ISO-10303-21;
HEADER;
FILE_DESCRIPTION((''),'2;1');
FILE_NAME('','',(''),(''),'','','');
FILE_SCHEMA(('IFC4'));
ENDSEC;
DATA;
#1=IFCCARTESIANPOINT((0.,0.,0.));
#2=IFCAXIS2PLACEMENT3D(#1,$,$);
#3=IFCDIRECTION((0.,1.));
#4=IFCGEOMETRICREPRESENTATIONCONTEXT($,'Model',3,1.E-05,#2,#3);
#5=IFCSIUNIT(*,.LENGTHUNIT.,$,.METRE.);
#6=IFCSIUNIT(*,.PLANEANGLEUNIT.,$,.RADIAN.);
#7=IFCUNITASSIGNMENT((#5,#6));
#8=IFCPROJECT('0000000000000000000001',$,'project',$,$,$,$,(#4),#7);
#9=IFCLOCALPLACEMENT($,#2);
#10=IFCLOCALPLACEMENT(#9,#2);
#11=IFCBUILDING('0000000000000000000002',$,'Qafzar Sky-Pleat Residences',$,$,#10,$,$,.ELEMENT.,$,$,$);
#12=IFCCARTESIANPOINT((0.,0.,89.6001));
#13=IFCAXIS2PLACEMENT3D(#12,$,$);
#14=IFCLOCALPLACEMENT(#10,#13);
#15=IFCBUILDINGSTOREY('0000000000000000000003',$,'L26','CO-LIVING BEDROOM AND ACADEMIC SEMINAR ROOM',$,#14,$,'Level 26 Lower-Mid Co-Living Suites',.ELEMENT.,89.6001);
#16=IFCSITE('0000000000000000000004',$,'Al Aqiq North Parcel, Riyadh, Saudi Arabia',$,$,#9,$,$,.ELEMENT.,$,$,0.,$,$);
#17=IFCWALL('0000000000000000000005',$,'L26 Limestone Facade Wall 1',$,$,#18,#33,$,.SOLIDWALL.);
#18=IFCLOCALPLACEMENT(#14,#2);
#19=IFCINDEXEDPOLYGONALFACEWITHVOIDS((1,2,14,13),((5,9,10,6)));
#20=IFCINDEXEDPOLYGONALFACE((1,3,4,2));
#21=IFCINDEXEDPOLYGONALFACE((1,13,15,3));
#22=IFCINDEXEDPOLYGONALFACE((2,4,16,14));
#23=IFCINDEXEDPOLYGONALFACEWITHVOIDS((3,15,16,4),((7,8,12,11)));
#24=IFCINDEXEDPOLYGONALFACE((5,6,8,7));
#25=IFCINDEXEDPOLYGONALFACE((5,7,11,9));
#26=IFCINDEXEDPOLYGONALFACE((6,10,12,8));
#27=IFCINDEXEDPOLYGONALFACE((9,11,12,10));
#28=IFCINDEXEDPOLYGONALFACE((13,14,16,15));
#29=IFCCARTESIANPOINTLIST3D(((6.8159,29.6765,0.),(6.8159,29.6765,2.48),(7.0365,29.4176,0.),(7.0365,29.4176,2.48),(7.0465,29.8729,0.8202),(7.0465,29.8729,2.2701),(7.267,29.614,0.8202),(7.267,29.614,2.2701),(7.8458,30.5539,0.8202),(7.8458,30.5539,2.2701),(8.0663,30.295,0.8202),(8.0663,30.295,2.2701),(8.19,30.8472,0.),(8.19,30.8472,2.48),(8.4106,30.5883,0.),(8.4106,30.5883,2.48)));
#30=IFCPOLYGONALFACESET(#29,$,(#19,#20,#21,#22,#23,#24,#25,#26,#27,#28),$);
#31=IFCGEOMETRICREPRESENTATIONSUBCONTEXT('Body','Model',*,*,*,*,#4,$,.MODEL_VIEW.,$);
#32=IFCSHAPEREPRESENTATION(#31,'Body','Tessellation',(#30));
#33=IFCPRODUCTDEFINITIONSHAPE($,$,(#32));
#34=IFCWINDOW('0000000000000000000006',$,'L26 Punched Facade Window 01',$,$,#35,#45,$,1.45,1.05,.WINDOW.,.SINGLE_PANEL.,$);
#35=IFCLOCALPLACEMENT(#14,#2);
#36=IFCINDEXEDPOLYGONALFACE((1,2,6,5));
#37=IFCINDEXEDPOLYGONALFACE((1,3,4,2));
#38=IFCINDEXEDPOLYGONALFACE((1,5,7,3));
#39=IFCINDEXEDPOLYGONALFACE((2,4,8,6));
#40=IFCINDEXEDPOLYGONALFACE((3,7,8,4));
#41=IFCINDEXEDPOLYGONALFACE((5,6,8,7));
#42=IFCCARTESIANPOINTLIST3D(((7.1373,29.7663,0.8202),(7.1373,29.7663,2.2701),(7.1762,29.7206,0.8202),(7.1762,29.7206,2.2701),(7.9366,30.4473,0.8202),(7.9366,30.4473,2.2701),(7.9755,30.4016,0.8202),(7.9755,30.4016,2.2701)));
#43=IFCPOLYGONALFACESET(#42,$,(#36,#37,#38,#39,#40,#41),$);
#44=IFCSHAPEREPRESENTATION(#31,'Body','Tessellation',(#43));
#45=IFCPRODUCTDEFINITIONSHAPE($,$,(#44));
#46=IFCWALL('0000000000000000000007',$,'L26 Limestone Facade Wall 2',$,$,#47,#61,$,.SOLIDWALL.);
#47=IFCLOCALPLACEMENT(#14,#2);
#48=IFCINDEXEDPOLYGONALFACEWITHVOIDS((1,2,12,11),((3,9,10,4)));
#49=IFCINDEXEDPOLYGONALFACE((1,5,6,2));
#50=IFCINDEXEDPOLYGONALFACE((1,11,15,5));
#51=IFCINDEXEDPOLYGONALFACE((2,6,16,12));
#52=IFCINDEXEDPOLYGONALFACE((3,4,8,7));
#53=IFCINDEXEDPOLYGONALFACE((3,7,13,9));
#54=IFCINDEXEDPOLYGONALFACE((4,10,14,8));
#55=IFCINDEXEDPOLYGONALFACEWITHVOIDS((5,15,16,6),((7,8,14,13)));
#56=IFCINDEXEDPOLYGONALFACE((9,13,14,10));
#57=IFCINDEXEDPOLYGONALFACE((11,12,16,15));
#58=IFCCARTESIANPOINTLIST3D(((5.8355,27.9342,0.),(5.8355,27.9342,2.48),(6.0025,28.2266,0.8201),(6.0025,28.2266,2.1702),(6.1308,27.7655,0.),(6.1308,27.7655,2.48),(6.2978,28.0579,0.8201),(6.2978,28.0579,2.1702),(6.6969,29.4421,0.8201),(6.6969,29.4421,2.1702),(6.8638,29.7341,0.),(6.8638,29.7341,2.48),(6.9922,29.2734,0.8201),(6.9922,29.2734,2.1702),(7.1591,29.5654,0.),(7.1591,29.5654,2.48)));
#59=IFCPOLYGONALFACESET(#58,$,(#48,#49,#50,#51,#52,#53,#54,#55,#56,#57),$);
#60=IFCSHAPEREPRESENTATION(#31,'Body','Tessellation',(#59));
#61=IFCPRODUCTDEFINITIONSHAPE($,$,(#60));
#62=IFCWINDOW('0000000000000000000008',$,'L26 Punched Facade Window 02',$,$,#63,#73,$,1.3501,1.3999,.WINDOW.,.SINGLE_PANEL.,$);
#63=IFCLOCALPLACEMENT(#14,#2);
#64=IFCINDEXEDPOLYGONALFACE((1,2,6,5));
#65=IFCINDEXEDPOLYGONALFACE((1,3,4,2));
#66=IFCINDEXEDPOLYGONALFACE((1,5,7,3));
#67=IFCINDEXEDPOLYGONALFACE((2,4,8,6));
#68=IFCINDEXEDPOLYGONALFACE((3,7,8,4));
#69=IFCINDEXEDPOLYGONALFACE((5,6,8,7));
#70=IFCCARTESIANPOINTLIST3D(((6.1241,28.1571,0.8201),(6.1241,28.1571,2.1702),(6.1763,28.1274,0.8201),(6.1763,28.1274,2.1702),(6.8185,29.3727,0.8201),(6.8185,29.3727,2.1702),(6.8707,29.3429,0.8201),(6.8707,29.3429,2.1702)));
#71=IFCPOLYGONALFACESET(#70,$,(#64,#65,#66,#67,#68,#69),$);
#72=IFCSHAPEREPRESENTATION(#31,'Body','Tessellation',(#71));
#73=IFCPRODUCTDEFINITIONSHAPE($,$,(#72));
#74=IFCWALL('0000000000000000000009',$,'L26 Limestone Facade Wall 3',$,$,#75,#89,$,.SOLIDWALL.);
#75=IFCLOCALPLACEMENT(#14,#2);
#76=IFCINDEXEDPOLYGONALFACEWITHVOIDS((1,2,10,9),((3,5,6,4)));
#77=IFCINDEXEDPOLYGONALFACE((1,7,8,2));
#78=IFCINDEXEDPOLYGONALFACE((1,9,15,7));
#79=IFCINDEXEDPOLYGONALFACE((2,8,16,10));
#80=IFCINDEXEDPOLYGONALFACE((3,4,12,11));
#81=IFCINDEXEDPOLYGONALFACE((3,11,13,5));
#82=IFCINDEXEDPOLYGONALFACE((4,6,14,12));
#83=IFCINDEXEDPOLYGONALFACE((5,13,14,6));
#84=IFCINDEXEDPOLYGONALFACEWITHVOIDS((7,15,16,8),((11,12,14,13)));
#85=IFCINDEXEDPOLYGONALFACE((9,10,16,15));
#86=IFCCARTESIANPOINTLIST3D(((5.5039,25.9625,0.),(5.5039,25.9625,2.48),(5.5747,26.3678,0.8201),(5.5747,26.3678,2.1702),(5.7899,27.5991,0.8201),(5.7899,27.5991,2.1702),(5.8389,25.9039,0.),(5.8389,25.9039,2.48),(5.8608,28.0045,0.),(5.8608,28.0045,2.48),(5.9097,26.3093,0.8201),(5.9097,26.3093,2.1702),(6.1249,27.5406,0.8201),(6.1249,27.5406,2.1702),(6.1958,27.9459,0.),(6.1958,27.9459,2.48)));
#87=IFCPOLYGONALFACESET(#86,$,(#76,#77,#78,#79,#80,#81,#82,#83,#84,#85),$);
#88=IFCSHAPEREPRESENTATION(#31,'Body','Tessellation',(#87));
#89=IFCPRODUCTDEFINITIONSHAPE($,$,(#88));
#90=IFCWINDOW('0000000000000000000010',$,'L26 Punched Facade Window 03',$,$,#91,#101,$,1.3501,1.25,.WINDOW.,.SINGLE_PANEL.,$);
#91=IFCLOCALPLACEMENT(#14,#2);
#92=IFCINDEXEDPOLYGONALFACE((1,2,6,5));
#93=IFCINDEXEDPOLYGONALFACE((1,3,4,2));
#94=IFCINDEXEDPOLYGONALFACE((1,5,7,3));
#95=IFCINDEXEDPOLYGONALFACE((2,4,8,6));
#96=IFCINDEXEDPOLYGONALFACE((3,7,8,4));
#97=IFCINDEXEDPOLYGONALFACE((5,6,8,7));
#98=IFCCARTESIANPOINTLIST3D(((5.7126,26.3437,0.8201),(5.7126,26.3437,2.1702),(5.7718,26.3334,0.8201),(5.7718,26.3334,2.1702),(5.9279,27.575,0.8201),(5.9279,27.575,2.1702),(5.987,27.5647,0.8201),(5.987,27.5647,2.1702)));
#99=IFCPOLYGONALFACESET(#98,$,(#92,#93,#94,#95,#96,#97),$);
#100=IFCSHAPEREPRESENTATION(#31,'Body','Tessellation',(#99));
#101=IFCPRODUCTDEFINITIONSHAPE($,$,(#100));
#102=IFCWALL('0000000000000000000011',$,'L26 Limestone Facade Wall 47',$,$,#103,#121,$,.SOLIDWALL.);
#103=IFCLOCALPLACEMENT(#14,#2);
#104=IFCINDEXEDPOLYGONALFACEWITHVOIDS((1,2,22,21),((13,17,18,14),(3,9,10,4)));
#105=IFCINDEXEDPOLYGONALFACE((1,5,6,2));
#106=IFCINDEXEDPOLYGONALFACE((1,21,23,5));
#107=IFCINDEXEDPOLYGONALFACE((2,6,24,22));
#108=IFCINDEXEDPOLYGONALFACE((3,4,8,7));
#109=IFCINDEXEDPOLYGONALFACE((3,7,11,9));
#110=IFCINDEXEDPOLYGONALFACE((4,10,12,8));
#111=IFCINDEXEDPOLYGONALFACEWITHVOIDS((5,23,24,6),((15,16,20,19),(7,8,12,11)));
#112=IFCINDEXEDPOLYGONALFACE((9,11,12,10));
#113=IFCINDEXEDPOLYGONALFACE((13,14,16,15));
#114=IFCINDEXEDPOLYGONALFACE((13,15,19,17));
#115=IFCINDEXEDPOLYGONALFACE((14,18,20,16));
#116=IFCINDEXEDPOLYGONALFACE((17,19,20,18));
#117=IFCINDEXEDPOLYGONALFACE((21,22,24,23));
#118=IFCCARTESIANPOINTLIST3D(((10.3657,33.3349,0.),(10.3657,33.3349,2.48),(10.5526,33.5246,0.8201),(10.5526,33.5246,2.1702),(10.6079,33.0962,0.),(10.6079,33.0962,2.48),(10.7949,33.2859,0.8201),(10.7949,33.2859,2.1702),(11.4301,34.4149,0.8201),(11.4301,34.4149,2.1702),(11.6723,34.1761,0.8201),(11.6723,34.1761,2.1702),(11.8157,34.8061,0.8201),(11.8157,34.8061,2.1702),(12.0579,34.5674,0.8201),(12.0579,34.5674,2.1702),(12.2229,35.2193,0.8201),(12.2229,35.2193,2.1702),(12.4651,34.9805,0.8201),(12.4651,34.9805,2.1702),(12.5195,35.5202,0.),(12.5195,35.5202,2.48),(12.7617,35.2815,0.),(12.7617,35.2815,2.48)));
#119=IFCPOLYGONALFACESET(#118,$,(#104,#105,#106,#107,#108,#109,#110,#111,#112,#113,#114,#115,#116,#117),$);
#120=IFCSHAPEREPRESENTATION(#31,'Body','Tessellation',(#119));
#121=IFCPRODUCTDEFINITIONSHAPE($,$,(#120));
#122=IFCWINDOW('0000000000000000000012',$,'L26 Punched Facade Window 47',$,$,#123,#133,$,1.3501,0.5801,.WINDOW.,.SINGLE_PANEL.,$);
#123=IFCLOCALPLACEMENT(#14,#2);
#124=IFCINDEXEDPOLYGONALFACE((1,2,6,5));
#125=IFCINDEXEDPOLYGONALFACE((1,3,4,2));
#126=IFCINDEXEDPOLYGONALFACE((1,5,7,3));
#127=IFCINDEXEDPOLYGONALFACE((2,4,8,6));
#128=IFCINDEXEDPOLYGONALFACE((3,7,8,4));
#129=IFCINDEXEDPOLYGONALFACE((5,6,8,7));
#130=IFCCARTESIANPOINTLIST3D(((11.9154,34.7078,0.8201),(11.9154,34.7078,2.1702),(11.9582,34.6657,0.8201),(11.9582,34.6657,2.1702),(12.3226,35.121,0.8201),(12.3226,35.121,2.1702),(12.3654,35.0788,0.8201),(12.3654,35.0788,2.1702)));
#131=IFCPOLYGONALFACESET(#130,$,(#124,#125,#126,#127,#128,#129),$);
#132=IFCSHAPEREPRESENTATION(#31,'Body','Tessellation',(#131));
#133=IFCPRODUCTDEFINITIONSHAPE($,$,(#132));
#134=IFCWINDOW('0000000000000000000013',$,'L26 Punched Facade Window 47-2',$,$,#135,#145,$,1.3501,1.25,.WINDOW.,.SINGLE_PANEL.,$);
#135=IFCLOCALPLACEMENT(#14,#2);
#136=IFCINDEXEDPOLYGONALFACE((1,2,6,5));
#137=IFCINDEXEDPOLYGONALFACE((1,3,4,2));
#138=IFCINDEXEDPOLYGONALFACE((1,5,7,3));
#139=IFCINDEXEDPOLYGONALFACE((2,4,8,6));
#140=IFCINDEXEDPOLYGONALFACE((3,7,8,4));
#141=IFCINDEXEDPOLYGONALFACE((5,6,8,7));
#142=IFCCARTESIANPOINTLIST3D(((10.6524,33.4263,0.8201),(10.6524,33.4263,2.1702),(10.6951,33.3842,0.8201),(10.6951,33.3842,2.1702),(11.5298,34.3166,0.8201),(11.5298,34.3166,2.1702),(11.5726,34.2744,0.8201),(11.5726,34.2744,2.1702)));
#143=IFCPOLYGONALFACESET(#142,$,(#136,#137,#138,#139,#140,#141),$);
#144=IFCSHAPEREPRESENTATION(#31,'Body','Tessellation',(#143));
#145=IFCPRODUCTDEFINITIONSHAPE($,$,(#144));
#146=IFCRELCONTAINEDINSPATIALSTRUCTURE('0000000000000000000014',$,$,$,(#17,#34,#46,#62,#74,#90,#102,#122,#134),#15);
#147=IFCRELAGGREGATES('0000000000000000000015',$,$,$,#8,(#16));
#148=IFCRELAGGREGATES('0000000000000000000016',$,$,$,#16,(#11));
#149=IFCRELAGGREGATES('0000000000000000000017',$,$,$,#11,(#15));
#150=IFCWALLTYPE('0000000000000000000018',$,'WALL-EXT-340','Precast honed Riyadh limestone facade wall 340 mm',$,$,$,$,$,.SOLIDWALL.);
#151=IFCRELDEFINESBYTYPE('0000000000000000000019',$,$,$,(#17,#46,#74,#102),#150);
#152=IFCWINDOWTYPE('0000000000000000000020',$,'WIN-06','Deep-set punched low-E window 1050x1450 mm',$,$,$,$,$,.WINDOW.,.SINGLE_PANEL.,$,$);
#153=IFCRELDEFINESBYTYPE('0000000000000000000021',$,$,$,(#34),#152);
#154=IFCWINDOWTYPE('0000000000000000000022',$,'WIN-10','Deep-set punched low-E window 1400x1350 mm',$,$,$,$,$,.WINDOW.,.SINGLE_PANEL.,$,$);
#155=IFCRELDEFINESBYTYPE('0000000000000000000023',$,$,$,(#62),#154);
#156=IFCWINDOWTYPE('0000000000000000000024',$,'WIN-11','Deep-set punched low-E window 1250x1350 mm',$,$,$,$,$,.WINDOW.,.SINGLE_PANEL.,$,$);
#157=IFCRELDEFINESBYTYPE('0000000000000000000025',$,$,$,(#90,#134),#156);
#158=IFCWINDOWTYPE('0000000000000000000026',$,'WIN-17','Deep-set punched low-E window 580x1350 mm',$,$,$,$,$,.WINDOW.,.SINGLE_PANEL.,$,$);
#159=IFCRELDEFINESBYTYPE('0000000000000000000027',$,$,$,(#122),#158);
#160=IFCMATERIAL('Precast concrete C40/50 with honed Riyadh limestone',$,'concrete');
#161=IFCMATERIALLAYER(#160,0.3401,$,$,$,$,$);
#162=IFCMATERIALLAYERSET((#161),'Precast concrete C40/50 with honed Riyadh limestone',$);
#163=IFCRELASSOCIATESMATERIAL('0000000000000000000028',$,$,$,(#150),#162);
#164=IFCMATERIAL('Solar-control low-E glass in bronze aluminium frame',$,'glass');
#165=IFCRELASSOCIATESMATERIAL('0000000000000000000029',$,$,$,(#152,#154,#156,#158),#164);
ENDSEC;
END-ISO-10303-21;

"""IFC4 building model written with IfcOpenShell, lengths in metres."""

from ifc_helpers import new_model, si_unit, direction, frame, frame_2d, origin, place, context, subcontext, project, spatial, rectangle, extrude, source, transform, mapped, material, layer, layer_set, type_object, element, fill, save


model = new_model("IFC4")

# Units and contexts
model_context = context("Model", 3, precision=1e-05, world=origin(), true_north=direction((0.0, 1.0)))
body_context = subcontext(model_context, "Body", "Model", "MODEL_VIEW")
ifc_project = project(units=[si_unit("LENGTHUNIT", "METRE"), si_unit("PLANEANGLEUNIT", "RADIAN")], contexts=[model_context])

# Site, building, storey
site_placement = place(None, origin())
site = spatial("IfcSite", under=ifc_project, at=site_placement, Name="Al Aqiq North Parcel, Riyadh, Saudi Arabia", CompositionType="ELEMENT", RefElevation=0.0)
building_placement = place(site_placement, origin())
building = spatial("IfcBuilding", under=site, at=building_placement, Name="Qafzar Sky-Pleat Residences", CompositionType="ELEMENT")
storey_placement = place(building_placement, frame((0.0, 0.0, 89.6001)))
storey = spatial("IfcBuildingStorey", under=building, at=storey_placement, Name="L26", Description="CO-LIVING BEDROOM AND ACADEMIC SEMINAR ROOM", LongName="Level 26 Lower-Mid Co-Living Suites", CompositionType="ELEMENT", Elevation=89.6001)

# Walls, openings, windows
ifc_material_1 = material(Name="Precast concrete C40/50 with honed Riyadh limestone", Category="concrete")
ifc_layer_1 = layer(ifc_material_1, 0.3401)
ifc_layer_set_1 = layer_set([ifc_layer_1], Name="Precast concrete C40/50 with honed Riyadh limestone")
wall_type_1 = type_object("IfcWallType", Name="WALL-EXT-340", Description="Precast honed Riyadh limestone facade wall 340 mm", PredefinedType="SOLIDWALL", material=ifc_layer_set_1)
wall_1_placement = place(storey_placement, frame((8.3003, 30.7178, 0.0), z_axis=(0.0, 0.0, 1.0), x_axis=(-0.761191, -0.648527, 0.0)))
wall_1 = element("IfcWall", 1, at=wall_1_placement, inside=storey, type_object=wall_type_1, Name="L26 Limestone Facade Wall 1", PredefinedType="SOLIDWALL", context=body_context, shape_type="SweptSolid", body=[
    extrude(rectangle(XDim=1.8052, YDim=0.3401, at=frame_2d((0.9026, 0.0))), origin(), (0.0, 0.0, 1.0), 2.48),
])
opening_1_placement = place(wall_1_placement, frame((0.4524, 0.0, 0.8201)))
opening_1 = element("IfcOpeningElement", 2, at=opening_1_placement, cuts=wall_1, PredefinedType="OPENING", context=body_context, shape_type="SweptSolid", body=[
    extrude(rectangle(XDim=1.05, YDim=1.45, at=frame_2d((0.5249, 0.7251))), frame((0.0, 0.1802, 0.0), z_axis=(0.0, -1.0, 0.0), x_axis=(1.0, 0.0, 0.0)), (0.0, 0.0, 1.0), 0.3601),
])
ifc_material_2 = material(Name="Solar-control low-E glass in bronze aluminium frame", Category="glass")
window_type_1 = type_object("IfcWindowType", Name="WIN-06", Description="Deep-set punched low-E window 1050x1450 mm", PartitioningType="SINGLE_PANEL", PredefinedType="WINDOW", material=ifc_material_2)
shared_shape_1 = source(origin(), body_context, "Body", "SweptSolid", [
    extrude(rectangle(XDim=1.05, YDim=1.45, at=frame_2d((0.5249, 0.7251))), frame((0.0, 0.03, 0.0), z_axis=(0.0, -1.0, 0.0), x_axis=(1.0, 0.0, 0.0)), (0.0, 0.0, 1.0), 0.0601),
])
window_1_placement = place(opening_1_placement, origin())
window_1 = element("IfcWindow", 3, at=window_1_placement, inside=storey, type_object=window_type_1, Name="L26 Punched Facade Window 01", OverallHeight=1.45, OverallWidth=1.05, PartitioningType="SINGLE_PANEL", PredefinedType="WINDOW", context=body_context, shape_type="MappedRepresentation", body=[
    mapped(shared_shape_1, transform((0.0, 0.0, 0.0), x_axis=(1.0, 0.0, 0.0), y_axis=(0.0, 1.0, 0.0), z_axis=(0.0, 0.0, 1.0), scale=1.0)),
])
fill(opening_1, window_1)
wall_2_placement = place(storey_placement, frame((7.0115, 29.6499, 0.0), z_axis=(0.0, 0.0, 1.0), x_axis=(-0.496037, -0.868301, 0.0)))
wall_2 = element("IfcWall", 4, at=wall_2_placement, inside=storey, type_object=wall_type_1, Name="L26 Limestone Facade Wall 2", PredefinedType="SOLIDWALL", context=body_context, shape_type="SweptSolid", body=[
    extrude(rectangle(XDim=2.073, YDim=0.3401, at=frame_2d((1.0366, 0.0))), origin(), (0.0, 0.0, 1.0), 2.48),
])
opening_2_placement = place(wall_2_placement, frame((0.3364, 0.0, 0.8201)))
opening_2 = element("IfcOpeningElement", 5, at=opening_2_placement, cuts=wall_2, PredefinedType="OPENING", context=body_context, shape_type="SweptSolid", body=[
    extrude(rectangle(XDim=1.3999, YDim=1.3501, at=frame_2d((0.7, 0.675))), frame((0.0, 0.1802, 0.0), z_axis=(0.0, -1.0, 0.0), x_axis=(1.0, 0.0, 0.0)), (0.0, 0.0, 1.0), 0.3601),
])
window_type_2 = type_object("IfcWindowType", Name="WIN-10", Description="Deep-set punched low-E window 1400x1350 mm", PartitioningType="SINGLE_PANEL", PredefinedType="WINDOW", material=ifc_material_2)
shared_shape_2 = source(origin(), body_context, "Body", "SweptSolid", [
    extrude(rectangle(XDim=1.3999, YDim=1.3501, at=frame_2d((0.7, 0.675))), frame((0.0, 0.03, 0.0), z_axis=(0.0, -1.0, 0.0), x_axis=(1.0, 0.0, 0.0)), (0.0, 0.0, 1.0), 0.0601),
])
window_2_placement = place(opening_2_placement, origin())
window_2 = element("IfcWindow", 6, at=window_2_placement, inside=storey, type_object=window_type_2, Name="L26 Punched Facade Window 02", OverallHeight=1.3501, OverallWidth=1.3999, PartitioningType="SINGLE_PANEL", PredefinedType="WINDOW", context=body_context, shape_type="MappedRepresentation", body=[
    mapped(shared_shape_2, transform((0.0, 0.0, 0.0), x_axis=(1.0, 0.0, 0.0), y_axis=(0.0, 1.0, 0.0), z_axis=(0.0, 0.0, 1.0), scale=1.0)),
])
fill(opening_2, window_2)
wall_3_placement = place(storey_placement, frame((6.0283, 27.9753, 0.0), z_axis=(0.0, 0.0, 1.0), x_axis=(-0.172186, -0.985064, 0.0)))
wall_3 = element("IfcWall", 7, at=wall_3_placement, inside=storey, type_object=wall_type_1, Name="L26 Limestone Facade Wall 3", PredefinedType="SOLIDWALL", context=body_context, shape_type="SweptSolid", body=[
    extrude(rectangle(XDim=2.073, YDim=0.3401, at=frame_2d((1.0366, 0.0))), origin(), (0.0, 0.0, 1.0), 2.48),
])
opening_3_placement = place(wall_3_placement, frame((0.4116, 0.0, 0.8201)))
opening_3 = element("IfcOpeningElement", 8, at=opening_3_placement, cuts=wall_3, PredefinedType="OPENING", context=body_context, shape_type="SweptSolid", body=[
    extrude(rectangle(XDim=1.25, YDim=1.3501, at=frame_2d((0.625, 0.675))), frame((0.0, 0.1802, 0.0), z_axis=(0.0, -1.0, 0.0), x_axis=(1.0, 0.0, 0.0)), (0.0, 0.0, 1.0), 0.3601),
])
window_type_3 = type_object("IfcWindowType", Name="WIN-11", Description="Deep-set punched low-E window 1250x1350 mm", PartitioningType="SINGLE_PANEL", PredefinedType="WINDOW", material=ifc_material_2)
shared_shape_3 = source(origin(), body_context, "Body", "SweptSolid", [
    extrude(rectangle(XDim=1.25, YDim=1.3501, at=frame_2d((0.625, 0.675))), frame((0.0, 0.03, 0.0), z_axis=(0.0, -1.0, 0.0), x_axis=(1.0, 0.0, 0.0)), (0.0, 0.0, 1.0), 0.0601),
])
window_3_placement = place(opening_3_placement, origin())
window_3 = element("IfcWindow", 9, at=window_3_placement, inside=storey, type_object=window_type_3, Name="L26 Punched Facade Window 03", OverallHeight=1.3501, OverallWidth=1.25, PartitioningType="SINGLE_PANEL", PredefinedType="WINDOW", context=body_context, shape_type="MappedRepresentation", body=[
    mapped(shared_shape_3, transform((0.0, 0.0, 0.0), x_axis=(1.0, 0.0, 0.0), y_axis=(0.0, 1.0, 0.0), z_axis=(0.0, 0.0, 1.0), scale=1.0)),
])
fill(opening_3, window_3)

# Wall, openings, windows
wall_4_placement = place(storey_placement, frame((12.6406, 35.4009, 0.0), z_axis=(0.0, 0.0, 1.0), x_axis=(-0.701956, -0.71222, 0.0)))
wall_4 = element("IfcWall", 10, at=wall_4_placement, inside=storey, type_object=wall_type_1, Name="L26 Limestone Facade Wall 47", PredefinedType="SOLIDWALL", context=body_context, shape_type="SweptSolid", body=[
    extrude(rectangle(XDim=3.0684, YDim=0.3401, at=frame_2d((1.5342, 0.0))), origin(), (0.0, 0.0, 1.0), 2.48),
])
opening_4_placement = place(wall_4_placement, frame((0.4226, 0.0, 0.8201)))
opening_4 = element("IfcOpeningElement", 11, at=opening_4_placement, cuts=wall_4, PredefinedType="OPENING", context=body_context, shape_type="SweptSolid", body=[
    extrude(rectangle(XDim=0.5801, YDim=1.3501, at=frame_2d((0.29, 0.675))), frame((0.0, 0.1802, 0.0), z_axis=(0.0, -1.0, 0.0), x_axis=(1.0, 0.0, 0.0)), (0.0, 0.0, 1.0), 0.3601),
])
opening_5_placement = place(wall_4_placement, frame((1.552, 0.0, 0.8201)))
opening_5 = element("IfcOpeningElement", 12, at=opening_5_placement, cuts=wall_4, PredefinedType="OPENING", context=body_context, shape_type="SweptSolid", body=[
    extrude(rectangle(XDim=1.25, YDim=1.3501, at=frame_2d((0.625, 0.675))), frame((0.0, 0.1802, 0.0), z_axis=(0.0, -1.0, 0.0), x_axis=(1.0, 0.0, 0.0)), (0.0, 0.0, 1.0), 0.3601),
])
window_type_4 = type_object("IfcWindowType", Name="WIN-17", Description="Deep-set punched low-E window 580x1350 mm", PartitioningType="SINGLE_PANEL", PredefinedType="WINDOW", material=ifc_material_2)
shared_shape_4 = source(origin(), body_context, "Body", "SweptSolid", [
    extrude(rectangle(XDim=0.5801, YDim=1.3501, at=frame_2d((0.29, 0.675))), frame((0.0, 0.03, 0.0), z_axis=(0.0, -1.0, 0.0), x_axis=(1.0, 0.0, 0.0)), (0.0, 0.0, 1.0), 0.0601),
])
window_4_placement = place(opening_4_placement, origin())
window_4 = element("IfcWindow", 13, at=window_4_placement, inside=storey, type_object=window_type_4, Name="L26 Punched Facade Window 47", OverallHeight=1.3501, OverallWidth=0.5801, PartitioningType="SINGLE_PANEL", PredefinedType="WINDOW", context=body_context, shape_type="MappedRepresentation", body=[
    mapped(shared_shape_4, transform((0.0, 0.0, 0.0), x_axis=(1.0, 0.0, 0.0), y_axis=(0.0, 1.0, 0.0), z_axis=(0.0, 0.0, 1.0), scale=1.0)),
])
fill(opening_4, window_4)
window_5_placement = place(opening_5_placement, origin())
window_5 = element("IfcWindow", 14, at=window_5_placement, inside=storey, type_object=window_type_3, Name="L26 Punched Facade Window 47-2", OverallHeight=1.3501, OverallWidth=1.25, PartitioningType="SINGLE_PANEL", PredefinedType="WINDOW", context=body_context, shape_type="MappedRepresentation", body=[
    mapped(shared_shape_3, transform((0.0, 0.0, 0.0), x_axis=(1.0, 0.0, 0.0), y_axis=(0.0, 1.0, 0.0), z_axis=(0.0, 0.0, 1.0), scale=1.0)),
])
fill(opening_5, window_5)

save(model, "model.ifc")
